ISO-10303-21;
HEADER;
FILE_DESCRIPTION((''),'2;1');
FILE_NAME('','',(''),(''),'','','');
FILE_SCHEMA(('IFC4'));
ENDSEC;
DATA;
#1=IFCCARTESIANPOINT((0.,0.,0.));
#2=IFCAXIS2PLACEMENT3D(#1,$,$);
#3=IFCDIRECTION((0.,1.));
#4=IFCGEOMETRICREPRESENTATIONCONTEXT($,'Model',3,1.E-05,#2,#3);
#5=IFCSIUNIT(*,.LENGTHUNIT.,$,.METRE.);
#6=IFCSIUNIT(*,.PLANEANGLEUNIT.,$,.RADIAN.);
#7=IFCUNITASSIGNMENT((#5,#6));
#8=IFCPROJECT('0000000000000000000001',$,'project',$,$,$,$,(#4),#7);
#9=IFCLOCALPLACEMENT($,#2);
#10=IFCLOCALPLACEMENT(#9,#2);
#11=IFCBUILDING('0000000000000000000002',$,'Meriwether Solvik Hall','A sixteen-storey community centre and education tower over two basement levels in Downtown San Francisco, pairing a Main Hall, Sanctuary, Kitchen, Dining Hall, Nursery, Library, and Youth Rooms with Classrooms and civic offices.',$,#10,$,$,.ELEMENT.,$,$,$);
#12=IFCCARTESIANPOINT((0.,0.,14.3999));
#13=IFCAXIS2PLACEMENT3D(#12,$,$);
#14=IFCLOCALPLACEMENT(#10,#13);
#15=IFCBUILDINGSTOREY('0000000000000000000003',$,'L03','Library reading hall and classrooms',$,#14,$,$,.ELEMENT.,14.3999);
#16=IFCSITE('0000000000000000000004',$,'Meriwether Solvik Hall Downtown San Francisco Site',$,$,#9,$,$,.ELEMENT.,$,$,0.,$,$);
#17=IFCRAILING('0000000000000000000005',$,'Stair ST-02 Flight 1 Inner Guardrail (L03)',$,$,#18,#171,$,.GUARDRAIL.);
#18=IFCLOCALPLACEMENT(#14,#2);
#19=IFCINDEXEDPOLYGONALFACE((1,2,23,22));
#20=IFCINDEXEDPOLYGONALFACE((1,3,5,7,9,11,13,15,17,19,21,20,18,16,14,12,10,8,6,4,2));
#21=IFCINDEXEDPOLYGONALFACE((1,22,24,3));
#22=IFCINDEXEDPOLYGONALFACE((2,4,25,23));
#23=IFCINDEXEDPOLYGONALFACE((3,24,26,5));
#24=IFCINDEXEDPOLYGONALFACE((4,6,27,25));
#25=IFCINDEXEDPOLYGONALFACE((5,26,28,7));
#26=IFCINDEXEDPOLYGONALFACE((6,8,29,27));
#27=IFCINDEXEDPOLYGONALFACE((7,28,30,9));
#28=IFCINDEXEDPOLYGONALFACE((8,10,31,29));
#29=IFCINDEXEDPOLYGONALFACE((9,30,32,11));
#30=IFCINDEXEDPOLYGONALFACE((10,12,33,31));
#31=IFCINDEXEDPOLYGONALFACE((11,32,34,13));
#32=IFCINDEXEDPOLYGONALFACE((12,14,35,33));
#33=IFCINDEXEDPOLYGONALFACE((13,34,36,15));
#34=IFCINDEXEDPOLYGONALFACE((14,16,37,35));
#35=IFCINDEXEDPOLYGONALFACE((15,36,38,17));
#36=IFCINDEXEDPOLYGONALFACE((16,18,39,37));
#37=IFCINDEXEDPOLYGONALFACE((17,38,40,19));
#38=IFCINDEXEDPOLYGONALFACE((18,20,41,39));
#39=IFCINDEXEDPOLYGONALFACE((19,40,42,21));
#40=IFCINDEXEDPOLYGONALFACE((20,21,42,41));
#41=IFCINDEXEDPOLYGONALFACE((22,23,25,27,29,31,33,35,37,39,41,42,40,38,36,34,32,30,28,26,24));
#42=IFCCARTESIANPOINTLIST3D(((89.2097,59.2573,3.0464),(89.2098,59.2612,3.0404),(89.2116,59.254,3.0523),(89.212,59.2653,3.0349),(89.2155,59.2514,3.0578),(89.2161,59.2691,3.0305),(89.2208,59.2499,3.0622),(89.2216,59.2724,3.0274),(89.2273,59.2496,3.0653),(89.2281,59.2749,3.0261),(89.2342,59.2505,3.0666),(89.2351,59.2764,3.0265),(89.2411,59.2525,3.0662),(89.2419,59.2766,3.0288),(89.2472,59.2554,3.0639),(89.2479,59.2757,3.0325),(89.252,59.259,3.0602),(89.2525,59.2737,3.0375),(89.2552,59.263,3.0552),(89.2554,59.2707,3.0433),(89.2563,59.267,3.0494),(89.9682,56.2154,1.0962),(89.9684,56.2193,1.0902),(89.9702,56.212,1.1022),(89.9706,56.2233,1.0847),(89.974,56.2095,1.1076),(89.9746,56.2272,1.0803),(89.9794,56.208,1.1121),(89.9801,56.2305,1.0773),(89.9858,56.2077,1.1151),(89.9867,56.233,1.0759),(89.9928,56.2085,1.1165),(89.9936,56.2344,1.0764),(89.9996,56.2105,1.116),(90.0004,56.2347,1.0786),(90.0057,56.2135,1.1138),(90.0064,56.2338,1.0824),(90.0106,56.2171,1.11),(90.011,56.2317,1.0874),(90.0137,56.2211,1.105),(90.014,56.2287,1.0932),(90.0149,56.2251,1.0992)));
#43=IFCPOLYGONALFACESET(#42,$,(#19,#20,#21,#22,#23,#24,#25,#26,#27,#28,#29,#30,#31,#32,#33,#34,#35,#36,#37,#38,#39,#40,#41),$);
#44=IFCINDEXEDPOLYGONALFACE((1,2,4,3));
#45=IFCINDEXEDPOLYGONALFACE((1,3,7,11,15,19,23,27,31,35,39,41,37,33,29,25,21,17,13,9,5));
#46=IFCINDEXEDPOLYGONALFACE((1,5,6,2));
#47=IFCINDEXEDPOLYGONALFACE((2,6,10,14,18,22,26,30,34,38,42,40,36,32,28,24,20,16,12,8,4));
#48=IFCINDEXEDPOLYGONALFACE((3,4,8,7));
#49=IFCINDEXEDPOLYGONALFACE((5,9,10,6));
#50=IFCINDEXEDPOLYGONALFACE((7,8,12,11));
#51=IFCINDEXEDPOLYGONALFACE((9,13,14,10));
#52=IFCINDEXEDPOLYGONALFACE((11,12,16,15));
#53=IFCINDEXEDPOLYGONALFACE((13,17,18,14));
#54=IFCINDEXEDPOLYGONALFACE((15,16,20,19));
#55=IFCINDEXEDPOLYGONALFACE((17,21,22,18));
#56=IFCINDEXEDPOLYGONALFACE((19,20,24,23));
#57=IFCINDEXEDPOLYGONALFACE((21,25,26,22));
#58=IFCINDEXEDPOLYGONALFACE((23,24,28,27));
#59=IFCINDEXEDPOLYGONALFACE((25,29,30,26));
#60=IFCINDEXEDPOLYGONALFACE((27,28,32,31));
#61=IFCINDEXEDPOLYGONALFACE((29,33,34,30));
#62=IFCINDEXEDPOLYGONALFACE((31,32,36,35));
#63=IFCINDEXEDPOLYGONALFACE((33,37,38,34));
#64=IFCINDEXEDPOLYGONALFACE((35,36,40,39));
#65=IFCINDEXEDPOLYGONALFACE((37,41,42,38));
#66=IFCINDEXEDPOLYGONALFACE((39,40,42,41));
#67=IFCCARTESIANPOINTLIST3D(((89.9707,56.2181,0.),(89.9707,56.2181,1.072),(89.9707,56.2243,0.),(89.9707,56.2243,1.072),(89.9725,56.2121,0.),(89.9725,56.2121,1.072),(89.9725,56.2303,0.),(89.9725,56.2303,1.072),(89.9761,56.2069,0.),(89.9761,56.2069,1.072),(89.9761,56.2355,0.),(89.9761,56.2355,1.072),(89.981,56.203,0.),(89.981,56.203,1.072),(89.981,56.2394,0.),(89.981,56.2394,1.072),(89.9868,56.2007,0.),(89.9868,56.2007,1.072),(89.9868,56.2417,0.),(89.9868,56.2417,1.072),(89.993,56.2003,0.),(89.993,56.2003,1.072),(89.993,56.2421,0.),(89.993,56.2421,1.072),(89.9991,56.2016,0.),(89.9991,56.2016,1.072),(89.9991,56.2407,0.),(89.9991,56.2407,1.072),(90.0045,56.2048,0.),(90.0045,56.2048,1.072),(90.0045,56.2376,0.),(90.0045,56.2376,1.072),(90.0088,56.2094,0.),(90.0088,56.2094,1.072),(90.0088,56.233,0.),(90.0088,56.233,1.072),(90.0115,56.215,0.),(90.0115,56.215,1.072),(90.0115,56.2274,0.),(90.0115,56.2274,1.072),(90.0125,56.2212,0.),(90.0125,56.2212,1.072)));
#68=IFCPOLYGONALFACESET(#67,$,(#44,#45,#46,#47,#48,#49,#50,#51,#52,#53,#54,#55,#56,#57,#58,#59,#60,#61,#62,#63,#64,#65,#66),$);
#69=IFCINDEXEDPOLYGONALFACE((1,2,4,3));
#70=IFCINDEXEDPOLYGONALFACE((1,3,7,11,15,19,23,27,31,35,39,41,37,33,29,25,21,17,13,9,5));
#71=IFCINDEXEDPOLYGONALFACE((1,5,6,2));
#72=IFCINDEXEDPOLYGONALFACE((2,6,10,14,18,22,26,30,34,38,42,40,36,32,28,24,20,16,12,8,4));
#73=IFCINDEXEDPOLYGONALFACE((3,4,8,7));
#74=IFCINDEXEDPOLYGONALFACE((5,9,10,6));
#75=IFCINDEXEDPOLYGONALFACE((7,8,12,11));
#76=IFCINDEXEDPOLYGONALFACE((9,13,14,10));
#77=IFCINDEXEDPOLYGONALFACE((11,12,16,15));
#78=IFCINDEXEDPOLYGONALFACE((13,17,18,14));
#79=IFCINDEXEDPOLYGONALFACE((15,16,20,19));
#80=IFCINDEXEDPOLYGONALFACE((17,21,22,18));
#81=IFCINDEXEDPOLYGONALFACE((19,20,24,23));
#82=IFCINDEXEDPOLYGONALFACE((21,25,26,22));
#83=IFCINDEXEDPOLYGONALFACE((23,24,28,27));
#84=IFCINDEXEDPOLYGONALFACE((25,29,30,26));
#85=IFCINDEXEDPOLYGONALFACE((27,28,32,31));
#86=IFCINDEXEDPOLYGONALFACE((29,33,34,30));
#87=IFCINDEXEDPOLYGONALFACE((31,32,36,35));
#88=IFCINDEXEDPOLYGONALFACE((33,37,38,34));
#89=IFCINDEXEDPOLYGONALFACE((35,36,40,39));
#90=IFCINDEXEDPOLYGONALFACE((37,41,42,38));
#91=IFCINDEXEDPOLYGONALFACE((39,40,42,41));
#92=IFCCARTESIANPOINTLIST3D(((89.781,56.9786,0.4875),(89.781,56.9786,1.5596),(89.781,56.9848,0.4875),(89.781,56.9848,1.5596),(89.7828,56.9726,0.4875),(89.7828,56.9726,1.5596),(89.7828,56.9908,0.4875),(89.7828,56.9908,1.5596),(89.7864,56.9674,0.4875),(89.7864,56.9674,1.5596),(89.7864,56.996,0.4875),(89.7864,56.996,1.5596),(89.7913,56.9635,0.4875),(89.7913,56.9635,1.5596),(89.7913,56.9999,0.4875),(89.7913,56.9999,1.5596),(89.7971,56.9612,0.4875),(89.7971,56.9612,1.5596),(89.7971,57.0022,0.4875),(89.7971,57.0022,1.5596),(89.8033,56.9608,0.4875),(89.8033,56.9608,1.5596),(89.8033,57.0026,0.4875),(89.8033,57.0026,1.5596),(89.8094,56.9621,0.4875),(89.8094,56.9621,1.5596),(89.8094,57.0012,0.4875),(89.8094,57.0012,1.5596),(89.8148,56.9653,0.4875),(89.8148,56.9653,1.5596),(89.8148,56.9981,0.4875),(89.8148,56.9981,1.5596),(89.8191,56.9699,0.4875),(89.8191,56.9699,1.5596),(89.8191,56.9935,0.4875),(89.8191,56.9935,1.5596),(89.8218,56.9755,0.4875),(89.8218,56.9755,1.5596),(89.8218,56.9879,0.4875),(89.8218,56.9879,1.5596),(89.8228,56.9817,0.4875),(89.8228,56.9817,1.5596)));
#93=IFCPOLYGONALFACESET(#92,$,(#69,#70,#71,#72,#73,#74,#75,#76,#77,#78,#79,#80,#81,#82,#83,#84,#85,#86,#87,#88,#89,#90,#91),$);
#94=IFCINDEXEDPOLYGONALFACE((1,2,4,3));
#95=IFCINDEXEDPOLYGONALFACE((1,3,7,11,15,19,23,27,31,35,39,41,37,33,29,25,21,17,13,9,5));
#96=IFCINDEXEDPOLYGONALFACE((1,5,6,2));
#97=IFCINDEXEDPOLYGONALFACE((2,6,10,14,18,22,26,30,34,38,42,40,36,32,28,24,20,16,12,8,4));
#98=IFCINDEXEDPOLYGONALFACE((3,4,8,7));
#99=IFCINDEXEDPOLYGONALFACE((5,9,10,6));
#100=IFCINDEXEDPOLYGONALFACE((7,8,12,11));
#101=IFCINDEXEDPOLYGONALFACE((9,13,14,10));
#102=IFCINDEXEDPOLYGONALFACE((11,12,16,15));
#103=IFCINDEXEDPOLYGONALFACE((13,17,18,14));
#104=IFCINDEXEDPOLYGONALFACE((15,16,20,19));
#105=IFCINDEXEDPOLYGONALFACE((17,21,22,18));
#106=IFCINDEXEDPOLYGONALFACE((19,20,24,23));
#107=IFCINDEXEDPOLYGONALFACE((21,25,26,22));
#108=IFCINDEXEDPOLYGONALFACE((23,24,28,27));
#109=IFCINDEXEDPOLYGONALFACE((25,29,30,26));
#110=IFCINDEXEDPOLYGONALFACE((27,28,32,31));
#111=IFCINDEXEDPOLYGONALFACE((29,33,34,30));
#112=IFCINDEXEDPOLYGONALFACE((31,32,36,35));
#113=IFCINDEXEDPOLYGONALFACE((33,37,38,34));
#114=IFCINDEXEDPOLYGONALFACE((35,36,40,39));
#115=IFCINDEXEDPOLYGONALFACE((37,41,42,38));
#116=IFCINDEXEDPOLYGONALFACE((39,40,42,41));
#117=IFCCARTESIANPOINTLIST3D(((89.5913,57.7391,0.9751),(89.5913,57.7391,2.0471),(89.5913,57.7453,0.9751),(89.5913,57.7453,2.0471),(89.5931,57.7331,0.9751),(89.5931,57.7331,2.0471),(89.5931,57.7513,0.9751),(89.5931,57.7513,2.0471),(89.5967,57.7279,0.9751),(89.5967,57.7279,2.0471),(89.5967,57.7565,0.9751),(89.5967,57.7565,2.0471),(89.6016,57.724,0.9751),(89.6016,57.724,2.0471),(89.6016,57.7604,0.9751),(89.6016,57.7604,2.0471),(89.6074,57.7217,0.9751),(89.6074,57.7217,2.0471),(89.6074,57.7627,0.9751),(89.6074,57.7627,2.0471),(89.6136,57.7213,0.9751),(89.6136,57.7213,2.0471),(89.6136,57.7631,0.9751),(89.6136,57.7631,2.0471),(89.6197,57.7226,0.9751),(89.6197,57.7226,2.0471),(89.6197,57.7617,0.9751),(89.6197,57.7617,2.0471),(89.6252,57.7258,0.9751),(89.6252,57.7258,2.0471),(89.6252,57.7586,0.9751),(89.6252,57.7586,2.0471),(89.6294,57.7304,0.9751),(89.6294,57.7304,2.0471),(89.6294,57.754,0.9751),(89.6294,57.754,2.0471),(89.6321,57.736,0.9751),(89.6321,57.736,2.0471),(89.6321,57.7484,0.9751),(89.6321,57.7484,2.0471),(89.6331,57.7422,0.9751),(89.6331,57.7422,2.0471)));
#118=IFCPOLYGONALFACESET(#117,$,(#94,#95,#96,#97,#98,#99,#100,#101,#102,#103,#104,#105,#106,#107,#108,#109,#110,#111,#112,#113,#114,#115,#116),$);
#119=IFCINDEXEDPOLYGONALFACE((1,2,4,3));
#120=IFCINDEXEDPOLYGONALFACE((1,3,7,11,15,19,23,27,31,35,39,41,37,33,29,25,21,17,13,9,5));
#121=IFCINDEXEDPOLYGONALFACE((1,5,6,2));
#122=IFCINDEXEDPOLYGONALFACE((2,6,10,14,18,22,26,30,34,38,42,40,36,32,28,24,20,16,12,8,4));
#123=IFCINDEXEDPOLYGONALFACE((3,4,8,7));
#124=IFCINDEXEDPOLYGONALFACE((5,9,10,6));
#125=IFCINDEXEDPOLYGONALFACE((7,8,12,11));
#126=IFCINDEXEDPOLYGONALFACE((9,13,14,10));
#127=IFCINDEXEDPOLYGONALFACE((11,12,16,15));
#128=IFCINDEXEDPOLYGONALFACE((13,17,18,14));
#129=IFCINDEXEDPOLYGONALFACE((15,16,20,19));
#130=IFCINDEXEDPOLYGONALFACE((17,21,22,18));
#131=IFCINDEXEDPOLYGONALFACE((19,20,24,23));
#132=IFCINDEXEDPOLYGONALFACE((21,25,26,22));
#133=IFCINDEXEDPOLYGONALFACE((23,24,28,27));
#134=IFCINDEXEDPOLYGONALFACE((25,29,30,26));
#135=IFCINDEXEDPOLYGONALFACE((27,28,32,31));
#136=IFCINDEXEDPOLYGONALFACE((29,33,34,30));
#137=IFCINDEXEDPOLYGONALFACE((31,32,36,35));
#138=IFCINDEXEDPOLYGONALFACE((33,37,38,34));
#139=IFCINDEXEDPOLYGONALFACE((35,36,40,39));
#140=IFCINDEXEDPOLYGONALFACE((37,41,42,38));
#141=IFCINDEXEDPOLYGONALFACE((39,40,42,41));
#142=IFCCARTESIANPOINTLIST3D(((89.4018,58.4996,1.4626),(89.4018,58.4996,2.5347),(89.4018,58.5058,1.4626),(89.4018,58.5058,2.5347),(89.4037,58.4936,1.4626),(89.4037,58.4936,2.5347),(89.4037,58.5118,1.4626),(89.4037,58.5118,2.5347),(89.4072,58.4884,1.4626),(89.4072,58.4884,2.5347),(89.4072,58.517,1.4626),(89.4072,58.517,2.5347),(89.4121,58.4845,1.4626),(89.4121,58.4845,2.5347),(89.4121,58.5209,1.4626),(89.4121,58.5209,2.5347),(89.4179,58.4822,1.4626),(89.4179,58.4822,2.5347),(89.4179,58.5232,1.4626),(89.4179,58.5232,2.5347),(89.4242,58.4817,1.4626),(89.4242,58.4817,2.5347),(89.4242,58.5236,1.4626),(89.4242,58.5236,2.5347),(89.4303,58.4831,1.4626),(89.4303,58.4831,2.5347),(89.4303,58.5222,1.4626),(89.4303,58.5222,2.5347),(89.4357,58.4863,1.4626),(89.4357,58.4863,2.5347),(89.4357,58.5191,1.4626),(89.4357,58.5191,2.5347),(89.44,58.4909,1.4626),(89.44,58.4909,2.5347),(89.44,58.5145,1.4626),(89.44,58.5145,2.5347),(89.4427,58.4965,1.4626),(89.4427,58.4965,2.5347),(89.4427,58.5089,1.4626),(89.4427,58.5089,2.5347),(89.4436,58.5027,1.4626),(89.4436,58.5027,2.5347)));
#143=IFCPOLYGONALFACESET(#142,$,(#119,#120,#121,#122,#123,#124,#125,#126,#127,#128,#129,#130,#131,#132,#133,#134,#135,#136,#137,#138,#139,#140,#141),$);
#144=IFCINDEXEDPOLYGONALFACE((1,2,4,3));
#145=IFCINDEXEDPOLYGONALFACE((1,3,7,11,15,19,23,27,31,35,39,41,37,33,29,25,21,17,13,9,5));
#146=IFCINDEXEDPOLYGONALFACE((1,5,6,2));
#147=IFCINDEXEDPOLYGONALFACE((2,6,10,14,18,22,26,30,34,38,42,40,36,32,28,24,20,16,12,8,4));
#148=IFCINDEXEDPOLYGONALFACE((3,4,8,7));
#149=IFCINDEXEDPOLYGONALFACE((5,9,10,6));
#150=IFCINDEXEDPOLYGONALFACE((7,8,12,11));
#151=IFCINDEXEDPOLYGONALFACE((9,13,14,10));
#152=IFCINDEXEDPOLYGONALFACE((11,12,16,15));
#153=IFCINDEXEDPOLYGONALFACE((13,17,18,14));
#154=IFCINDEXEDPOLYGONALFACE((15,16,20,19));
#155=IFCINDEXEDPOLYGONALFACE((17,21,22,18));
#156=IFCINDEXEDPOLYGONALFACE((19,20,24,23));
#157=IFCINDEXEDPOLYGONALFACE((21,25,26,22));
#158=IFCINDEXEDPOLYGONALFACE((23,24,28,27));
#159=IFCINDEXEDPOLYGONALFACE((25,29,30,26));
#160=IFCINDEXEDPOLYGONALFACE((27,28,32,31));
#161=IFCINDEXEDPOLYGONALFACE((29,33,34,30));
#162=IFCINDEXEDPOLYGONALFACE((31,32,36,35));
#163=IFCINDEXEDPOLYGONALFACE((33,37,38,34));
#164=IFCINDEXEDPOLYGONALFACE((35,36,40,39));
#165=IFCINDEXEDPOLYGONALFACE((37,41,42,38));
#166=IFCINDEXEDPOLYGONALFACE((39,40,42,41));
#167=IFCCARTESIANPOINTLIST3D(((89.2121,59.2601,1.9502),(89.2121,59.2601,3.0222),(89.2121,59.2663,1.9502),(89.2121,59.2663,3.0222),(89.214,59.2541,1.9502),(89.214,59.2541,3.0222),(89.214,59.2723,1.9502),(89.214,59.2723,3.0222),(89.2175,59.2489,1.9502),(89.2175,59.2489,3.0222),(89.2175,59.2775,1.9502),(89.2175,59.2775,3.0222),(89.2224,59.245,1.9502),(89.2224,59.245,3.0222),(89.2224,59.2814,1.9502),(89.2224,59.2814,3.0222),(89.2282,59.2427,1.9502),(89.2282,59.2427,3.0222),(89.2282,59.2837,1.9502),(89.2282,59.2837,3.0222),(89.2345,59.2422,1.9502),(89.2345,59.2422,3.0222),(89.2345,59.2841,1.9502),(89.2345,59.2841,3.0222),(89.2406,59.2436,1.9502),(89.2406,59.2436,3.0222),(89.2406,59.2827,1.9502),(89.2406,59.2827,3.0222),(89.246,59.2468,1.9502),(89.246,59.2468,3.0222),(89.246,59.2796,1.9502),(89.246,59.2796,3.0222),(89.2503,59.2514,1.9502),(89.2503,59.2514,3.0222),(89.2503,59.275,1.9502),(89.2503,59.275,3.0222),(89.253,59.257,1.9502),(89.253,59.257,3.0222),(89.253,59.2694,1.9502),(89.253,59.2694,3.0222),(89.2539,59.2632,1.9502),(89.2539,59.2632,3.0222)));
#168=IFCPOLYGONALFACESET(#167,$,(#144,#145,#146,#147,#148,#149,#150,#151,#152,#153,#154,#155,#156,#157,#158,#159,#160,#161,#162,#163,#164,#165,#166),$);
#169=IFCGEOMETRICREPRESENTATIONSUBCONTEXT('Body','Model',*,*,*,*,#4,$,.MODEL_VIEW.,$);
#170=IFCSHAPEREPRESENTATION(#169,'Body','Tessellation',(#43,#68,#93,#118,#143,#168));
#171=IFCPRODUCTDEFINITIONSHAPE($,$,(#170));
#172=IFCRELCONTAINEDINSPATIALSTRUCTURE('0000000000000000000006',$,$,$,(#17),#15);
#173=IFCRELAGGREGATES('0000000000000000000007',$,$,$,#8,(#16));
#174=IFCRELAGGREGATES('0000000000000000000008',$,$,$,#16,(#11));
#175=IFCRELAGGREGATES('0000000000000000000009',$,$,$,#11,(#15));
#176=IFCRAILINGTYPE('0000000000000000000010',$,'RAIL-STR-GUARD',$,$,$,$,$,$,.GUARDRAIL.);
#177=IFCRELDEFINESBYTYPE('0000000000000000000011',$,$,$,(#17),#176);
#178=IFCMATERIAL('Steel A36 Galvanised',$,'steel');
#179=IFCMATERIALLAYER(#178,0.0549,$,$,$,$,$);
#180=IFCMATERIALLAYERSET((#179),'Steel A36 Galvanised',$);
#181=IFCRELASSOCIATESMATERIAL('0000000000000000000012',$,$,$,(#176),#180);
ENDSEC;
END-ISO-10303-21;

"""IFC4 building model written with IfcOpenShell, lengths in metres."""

from ifc_helpers import new_model, si_unit, direction, frame, origin, origin_2d, place, context, subcontext, project, spatial, circle, extrude, material, layer, layer_set, type_object, element, save


model = new_model("IFC4")

# Units and contexts
model_context = context("Model", 3, precision=1e-05, world=origin(), true_north=direction((0.0, 1.0)))
body_context = subcontext(model_context, "Body", "Model", "MODEL_VIEW")
ifc_project = project(units=[si_unit("LENGTHUNIT", "METRE"), si_unit("PLANEANGLEUNIT", "RADIAN")], contexts=[model_context])

# Site, building, storey
site_placement = place(None, origin())
site = spatial("IfcSite", under=ifc_project, at=site_placement, Name="Meriwether Solvik Hall Downtown San Francisco Site", CompositionType="ELEMENT", RefElevation=0.0)
building_placement = place(site_placement, origin())
building = spatial("IfcBuilding", under=site, at=building_placement, Name="Meriwether Solvik Hall", Description="A sixteen-storey community centre and education tower over two basement levels in Downtown San Francisco, pairing a Main Hall, Sanctuary, Kitchen, Dining Hall, Nursery, Library, and Youth Rooms with Classrooms and civic offices.", CompositionType="ELEMENT")
storey_placement = place(building_placement, frame((0.0, 0.0, 14.3999)))
storey = spatial("IfcBuildingStorey", under=building, at=storey_placement, Name="L03", Description="Library reading hall and classrooms", CompositionType="ELEMENT", Elevation=14.3999)

# Railing
ifc_material_1 = material(Name="Steel A36 Galvanised", Category="steel")
ifc_layer_1 = layer(ifc_material_1, 0.0549)
ifc_layer_set_1 = layer_set([ifc_layer_1], Name="Steel A36 Galvanised")
railing_type_1 = type_object("IfcRailingType", Name="RAIL-STR-GUARD", PredefinedType="GUARDRAIL", material=ifc_layer_set_1)
for number, where, name in (
    (1, (89.9915, 56.2212, 0.0), "Stair ST-02 Flight 1 Inner Guardrail (L03)"),
):
    element("IfcRailing", number, at=place(storey_placement, frame(where)), inside=storey, type_object=railing_type_1, Name=name, PredefinedType="GUARDRAIL", context=body_context, shape_type="SweptSolid", body=[
        extrude(circle(Radius=0.0239, at=origin_2d()), frame((0.0, 0.0, 1.0962), z_axis=(-0.205445, 0.823896, 0.528193), x_axis=(-0.970289, -0.241949, 0.0)), (0.0, 0.0, 1.0), 3.6921),
        extrude(circle(Radius=0.021, at=origin_2d()), origin(), (0.0, 0.0, 1.0), 1.072),
        extrude(circle(Radius=0.021, at=origin_2d()), frame((-0.1897, 0.7605, 0.4875)), (0.0, 0.0, 1.0), 1.072),
        extrude(circle(Radius=0.021, at=origin_2d()), frame((-0.3794, 1.521, 0.9751)), (0.0, 0.0, 1.0), 1.072),
        extrude(circle(Radius=0.021, at=origin_2d()), frame((-0.5688, 2.2815, 1.4626)), (0.0, 0.0, 1.0), 1.072),
        extrude(circle(Radius=0.021, at=origin_2d()), frame((-0.7585, 3.042, 1.9502)), (0.0, 0.0, 1.0), 1.072),
    ])

save(model, "model.ifc")
